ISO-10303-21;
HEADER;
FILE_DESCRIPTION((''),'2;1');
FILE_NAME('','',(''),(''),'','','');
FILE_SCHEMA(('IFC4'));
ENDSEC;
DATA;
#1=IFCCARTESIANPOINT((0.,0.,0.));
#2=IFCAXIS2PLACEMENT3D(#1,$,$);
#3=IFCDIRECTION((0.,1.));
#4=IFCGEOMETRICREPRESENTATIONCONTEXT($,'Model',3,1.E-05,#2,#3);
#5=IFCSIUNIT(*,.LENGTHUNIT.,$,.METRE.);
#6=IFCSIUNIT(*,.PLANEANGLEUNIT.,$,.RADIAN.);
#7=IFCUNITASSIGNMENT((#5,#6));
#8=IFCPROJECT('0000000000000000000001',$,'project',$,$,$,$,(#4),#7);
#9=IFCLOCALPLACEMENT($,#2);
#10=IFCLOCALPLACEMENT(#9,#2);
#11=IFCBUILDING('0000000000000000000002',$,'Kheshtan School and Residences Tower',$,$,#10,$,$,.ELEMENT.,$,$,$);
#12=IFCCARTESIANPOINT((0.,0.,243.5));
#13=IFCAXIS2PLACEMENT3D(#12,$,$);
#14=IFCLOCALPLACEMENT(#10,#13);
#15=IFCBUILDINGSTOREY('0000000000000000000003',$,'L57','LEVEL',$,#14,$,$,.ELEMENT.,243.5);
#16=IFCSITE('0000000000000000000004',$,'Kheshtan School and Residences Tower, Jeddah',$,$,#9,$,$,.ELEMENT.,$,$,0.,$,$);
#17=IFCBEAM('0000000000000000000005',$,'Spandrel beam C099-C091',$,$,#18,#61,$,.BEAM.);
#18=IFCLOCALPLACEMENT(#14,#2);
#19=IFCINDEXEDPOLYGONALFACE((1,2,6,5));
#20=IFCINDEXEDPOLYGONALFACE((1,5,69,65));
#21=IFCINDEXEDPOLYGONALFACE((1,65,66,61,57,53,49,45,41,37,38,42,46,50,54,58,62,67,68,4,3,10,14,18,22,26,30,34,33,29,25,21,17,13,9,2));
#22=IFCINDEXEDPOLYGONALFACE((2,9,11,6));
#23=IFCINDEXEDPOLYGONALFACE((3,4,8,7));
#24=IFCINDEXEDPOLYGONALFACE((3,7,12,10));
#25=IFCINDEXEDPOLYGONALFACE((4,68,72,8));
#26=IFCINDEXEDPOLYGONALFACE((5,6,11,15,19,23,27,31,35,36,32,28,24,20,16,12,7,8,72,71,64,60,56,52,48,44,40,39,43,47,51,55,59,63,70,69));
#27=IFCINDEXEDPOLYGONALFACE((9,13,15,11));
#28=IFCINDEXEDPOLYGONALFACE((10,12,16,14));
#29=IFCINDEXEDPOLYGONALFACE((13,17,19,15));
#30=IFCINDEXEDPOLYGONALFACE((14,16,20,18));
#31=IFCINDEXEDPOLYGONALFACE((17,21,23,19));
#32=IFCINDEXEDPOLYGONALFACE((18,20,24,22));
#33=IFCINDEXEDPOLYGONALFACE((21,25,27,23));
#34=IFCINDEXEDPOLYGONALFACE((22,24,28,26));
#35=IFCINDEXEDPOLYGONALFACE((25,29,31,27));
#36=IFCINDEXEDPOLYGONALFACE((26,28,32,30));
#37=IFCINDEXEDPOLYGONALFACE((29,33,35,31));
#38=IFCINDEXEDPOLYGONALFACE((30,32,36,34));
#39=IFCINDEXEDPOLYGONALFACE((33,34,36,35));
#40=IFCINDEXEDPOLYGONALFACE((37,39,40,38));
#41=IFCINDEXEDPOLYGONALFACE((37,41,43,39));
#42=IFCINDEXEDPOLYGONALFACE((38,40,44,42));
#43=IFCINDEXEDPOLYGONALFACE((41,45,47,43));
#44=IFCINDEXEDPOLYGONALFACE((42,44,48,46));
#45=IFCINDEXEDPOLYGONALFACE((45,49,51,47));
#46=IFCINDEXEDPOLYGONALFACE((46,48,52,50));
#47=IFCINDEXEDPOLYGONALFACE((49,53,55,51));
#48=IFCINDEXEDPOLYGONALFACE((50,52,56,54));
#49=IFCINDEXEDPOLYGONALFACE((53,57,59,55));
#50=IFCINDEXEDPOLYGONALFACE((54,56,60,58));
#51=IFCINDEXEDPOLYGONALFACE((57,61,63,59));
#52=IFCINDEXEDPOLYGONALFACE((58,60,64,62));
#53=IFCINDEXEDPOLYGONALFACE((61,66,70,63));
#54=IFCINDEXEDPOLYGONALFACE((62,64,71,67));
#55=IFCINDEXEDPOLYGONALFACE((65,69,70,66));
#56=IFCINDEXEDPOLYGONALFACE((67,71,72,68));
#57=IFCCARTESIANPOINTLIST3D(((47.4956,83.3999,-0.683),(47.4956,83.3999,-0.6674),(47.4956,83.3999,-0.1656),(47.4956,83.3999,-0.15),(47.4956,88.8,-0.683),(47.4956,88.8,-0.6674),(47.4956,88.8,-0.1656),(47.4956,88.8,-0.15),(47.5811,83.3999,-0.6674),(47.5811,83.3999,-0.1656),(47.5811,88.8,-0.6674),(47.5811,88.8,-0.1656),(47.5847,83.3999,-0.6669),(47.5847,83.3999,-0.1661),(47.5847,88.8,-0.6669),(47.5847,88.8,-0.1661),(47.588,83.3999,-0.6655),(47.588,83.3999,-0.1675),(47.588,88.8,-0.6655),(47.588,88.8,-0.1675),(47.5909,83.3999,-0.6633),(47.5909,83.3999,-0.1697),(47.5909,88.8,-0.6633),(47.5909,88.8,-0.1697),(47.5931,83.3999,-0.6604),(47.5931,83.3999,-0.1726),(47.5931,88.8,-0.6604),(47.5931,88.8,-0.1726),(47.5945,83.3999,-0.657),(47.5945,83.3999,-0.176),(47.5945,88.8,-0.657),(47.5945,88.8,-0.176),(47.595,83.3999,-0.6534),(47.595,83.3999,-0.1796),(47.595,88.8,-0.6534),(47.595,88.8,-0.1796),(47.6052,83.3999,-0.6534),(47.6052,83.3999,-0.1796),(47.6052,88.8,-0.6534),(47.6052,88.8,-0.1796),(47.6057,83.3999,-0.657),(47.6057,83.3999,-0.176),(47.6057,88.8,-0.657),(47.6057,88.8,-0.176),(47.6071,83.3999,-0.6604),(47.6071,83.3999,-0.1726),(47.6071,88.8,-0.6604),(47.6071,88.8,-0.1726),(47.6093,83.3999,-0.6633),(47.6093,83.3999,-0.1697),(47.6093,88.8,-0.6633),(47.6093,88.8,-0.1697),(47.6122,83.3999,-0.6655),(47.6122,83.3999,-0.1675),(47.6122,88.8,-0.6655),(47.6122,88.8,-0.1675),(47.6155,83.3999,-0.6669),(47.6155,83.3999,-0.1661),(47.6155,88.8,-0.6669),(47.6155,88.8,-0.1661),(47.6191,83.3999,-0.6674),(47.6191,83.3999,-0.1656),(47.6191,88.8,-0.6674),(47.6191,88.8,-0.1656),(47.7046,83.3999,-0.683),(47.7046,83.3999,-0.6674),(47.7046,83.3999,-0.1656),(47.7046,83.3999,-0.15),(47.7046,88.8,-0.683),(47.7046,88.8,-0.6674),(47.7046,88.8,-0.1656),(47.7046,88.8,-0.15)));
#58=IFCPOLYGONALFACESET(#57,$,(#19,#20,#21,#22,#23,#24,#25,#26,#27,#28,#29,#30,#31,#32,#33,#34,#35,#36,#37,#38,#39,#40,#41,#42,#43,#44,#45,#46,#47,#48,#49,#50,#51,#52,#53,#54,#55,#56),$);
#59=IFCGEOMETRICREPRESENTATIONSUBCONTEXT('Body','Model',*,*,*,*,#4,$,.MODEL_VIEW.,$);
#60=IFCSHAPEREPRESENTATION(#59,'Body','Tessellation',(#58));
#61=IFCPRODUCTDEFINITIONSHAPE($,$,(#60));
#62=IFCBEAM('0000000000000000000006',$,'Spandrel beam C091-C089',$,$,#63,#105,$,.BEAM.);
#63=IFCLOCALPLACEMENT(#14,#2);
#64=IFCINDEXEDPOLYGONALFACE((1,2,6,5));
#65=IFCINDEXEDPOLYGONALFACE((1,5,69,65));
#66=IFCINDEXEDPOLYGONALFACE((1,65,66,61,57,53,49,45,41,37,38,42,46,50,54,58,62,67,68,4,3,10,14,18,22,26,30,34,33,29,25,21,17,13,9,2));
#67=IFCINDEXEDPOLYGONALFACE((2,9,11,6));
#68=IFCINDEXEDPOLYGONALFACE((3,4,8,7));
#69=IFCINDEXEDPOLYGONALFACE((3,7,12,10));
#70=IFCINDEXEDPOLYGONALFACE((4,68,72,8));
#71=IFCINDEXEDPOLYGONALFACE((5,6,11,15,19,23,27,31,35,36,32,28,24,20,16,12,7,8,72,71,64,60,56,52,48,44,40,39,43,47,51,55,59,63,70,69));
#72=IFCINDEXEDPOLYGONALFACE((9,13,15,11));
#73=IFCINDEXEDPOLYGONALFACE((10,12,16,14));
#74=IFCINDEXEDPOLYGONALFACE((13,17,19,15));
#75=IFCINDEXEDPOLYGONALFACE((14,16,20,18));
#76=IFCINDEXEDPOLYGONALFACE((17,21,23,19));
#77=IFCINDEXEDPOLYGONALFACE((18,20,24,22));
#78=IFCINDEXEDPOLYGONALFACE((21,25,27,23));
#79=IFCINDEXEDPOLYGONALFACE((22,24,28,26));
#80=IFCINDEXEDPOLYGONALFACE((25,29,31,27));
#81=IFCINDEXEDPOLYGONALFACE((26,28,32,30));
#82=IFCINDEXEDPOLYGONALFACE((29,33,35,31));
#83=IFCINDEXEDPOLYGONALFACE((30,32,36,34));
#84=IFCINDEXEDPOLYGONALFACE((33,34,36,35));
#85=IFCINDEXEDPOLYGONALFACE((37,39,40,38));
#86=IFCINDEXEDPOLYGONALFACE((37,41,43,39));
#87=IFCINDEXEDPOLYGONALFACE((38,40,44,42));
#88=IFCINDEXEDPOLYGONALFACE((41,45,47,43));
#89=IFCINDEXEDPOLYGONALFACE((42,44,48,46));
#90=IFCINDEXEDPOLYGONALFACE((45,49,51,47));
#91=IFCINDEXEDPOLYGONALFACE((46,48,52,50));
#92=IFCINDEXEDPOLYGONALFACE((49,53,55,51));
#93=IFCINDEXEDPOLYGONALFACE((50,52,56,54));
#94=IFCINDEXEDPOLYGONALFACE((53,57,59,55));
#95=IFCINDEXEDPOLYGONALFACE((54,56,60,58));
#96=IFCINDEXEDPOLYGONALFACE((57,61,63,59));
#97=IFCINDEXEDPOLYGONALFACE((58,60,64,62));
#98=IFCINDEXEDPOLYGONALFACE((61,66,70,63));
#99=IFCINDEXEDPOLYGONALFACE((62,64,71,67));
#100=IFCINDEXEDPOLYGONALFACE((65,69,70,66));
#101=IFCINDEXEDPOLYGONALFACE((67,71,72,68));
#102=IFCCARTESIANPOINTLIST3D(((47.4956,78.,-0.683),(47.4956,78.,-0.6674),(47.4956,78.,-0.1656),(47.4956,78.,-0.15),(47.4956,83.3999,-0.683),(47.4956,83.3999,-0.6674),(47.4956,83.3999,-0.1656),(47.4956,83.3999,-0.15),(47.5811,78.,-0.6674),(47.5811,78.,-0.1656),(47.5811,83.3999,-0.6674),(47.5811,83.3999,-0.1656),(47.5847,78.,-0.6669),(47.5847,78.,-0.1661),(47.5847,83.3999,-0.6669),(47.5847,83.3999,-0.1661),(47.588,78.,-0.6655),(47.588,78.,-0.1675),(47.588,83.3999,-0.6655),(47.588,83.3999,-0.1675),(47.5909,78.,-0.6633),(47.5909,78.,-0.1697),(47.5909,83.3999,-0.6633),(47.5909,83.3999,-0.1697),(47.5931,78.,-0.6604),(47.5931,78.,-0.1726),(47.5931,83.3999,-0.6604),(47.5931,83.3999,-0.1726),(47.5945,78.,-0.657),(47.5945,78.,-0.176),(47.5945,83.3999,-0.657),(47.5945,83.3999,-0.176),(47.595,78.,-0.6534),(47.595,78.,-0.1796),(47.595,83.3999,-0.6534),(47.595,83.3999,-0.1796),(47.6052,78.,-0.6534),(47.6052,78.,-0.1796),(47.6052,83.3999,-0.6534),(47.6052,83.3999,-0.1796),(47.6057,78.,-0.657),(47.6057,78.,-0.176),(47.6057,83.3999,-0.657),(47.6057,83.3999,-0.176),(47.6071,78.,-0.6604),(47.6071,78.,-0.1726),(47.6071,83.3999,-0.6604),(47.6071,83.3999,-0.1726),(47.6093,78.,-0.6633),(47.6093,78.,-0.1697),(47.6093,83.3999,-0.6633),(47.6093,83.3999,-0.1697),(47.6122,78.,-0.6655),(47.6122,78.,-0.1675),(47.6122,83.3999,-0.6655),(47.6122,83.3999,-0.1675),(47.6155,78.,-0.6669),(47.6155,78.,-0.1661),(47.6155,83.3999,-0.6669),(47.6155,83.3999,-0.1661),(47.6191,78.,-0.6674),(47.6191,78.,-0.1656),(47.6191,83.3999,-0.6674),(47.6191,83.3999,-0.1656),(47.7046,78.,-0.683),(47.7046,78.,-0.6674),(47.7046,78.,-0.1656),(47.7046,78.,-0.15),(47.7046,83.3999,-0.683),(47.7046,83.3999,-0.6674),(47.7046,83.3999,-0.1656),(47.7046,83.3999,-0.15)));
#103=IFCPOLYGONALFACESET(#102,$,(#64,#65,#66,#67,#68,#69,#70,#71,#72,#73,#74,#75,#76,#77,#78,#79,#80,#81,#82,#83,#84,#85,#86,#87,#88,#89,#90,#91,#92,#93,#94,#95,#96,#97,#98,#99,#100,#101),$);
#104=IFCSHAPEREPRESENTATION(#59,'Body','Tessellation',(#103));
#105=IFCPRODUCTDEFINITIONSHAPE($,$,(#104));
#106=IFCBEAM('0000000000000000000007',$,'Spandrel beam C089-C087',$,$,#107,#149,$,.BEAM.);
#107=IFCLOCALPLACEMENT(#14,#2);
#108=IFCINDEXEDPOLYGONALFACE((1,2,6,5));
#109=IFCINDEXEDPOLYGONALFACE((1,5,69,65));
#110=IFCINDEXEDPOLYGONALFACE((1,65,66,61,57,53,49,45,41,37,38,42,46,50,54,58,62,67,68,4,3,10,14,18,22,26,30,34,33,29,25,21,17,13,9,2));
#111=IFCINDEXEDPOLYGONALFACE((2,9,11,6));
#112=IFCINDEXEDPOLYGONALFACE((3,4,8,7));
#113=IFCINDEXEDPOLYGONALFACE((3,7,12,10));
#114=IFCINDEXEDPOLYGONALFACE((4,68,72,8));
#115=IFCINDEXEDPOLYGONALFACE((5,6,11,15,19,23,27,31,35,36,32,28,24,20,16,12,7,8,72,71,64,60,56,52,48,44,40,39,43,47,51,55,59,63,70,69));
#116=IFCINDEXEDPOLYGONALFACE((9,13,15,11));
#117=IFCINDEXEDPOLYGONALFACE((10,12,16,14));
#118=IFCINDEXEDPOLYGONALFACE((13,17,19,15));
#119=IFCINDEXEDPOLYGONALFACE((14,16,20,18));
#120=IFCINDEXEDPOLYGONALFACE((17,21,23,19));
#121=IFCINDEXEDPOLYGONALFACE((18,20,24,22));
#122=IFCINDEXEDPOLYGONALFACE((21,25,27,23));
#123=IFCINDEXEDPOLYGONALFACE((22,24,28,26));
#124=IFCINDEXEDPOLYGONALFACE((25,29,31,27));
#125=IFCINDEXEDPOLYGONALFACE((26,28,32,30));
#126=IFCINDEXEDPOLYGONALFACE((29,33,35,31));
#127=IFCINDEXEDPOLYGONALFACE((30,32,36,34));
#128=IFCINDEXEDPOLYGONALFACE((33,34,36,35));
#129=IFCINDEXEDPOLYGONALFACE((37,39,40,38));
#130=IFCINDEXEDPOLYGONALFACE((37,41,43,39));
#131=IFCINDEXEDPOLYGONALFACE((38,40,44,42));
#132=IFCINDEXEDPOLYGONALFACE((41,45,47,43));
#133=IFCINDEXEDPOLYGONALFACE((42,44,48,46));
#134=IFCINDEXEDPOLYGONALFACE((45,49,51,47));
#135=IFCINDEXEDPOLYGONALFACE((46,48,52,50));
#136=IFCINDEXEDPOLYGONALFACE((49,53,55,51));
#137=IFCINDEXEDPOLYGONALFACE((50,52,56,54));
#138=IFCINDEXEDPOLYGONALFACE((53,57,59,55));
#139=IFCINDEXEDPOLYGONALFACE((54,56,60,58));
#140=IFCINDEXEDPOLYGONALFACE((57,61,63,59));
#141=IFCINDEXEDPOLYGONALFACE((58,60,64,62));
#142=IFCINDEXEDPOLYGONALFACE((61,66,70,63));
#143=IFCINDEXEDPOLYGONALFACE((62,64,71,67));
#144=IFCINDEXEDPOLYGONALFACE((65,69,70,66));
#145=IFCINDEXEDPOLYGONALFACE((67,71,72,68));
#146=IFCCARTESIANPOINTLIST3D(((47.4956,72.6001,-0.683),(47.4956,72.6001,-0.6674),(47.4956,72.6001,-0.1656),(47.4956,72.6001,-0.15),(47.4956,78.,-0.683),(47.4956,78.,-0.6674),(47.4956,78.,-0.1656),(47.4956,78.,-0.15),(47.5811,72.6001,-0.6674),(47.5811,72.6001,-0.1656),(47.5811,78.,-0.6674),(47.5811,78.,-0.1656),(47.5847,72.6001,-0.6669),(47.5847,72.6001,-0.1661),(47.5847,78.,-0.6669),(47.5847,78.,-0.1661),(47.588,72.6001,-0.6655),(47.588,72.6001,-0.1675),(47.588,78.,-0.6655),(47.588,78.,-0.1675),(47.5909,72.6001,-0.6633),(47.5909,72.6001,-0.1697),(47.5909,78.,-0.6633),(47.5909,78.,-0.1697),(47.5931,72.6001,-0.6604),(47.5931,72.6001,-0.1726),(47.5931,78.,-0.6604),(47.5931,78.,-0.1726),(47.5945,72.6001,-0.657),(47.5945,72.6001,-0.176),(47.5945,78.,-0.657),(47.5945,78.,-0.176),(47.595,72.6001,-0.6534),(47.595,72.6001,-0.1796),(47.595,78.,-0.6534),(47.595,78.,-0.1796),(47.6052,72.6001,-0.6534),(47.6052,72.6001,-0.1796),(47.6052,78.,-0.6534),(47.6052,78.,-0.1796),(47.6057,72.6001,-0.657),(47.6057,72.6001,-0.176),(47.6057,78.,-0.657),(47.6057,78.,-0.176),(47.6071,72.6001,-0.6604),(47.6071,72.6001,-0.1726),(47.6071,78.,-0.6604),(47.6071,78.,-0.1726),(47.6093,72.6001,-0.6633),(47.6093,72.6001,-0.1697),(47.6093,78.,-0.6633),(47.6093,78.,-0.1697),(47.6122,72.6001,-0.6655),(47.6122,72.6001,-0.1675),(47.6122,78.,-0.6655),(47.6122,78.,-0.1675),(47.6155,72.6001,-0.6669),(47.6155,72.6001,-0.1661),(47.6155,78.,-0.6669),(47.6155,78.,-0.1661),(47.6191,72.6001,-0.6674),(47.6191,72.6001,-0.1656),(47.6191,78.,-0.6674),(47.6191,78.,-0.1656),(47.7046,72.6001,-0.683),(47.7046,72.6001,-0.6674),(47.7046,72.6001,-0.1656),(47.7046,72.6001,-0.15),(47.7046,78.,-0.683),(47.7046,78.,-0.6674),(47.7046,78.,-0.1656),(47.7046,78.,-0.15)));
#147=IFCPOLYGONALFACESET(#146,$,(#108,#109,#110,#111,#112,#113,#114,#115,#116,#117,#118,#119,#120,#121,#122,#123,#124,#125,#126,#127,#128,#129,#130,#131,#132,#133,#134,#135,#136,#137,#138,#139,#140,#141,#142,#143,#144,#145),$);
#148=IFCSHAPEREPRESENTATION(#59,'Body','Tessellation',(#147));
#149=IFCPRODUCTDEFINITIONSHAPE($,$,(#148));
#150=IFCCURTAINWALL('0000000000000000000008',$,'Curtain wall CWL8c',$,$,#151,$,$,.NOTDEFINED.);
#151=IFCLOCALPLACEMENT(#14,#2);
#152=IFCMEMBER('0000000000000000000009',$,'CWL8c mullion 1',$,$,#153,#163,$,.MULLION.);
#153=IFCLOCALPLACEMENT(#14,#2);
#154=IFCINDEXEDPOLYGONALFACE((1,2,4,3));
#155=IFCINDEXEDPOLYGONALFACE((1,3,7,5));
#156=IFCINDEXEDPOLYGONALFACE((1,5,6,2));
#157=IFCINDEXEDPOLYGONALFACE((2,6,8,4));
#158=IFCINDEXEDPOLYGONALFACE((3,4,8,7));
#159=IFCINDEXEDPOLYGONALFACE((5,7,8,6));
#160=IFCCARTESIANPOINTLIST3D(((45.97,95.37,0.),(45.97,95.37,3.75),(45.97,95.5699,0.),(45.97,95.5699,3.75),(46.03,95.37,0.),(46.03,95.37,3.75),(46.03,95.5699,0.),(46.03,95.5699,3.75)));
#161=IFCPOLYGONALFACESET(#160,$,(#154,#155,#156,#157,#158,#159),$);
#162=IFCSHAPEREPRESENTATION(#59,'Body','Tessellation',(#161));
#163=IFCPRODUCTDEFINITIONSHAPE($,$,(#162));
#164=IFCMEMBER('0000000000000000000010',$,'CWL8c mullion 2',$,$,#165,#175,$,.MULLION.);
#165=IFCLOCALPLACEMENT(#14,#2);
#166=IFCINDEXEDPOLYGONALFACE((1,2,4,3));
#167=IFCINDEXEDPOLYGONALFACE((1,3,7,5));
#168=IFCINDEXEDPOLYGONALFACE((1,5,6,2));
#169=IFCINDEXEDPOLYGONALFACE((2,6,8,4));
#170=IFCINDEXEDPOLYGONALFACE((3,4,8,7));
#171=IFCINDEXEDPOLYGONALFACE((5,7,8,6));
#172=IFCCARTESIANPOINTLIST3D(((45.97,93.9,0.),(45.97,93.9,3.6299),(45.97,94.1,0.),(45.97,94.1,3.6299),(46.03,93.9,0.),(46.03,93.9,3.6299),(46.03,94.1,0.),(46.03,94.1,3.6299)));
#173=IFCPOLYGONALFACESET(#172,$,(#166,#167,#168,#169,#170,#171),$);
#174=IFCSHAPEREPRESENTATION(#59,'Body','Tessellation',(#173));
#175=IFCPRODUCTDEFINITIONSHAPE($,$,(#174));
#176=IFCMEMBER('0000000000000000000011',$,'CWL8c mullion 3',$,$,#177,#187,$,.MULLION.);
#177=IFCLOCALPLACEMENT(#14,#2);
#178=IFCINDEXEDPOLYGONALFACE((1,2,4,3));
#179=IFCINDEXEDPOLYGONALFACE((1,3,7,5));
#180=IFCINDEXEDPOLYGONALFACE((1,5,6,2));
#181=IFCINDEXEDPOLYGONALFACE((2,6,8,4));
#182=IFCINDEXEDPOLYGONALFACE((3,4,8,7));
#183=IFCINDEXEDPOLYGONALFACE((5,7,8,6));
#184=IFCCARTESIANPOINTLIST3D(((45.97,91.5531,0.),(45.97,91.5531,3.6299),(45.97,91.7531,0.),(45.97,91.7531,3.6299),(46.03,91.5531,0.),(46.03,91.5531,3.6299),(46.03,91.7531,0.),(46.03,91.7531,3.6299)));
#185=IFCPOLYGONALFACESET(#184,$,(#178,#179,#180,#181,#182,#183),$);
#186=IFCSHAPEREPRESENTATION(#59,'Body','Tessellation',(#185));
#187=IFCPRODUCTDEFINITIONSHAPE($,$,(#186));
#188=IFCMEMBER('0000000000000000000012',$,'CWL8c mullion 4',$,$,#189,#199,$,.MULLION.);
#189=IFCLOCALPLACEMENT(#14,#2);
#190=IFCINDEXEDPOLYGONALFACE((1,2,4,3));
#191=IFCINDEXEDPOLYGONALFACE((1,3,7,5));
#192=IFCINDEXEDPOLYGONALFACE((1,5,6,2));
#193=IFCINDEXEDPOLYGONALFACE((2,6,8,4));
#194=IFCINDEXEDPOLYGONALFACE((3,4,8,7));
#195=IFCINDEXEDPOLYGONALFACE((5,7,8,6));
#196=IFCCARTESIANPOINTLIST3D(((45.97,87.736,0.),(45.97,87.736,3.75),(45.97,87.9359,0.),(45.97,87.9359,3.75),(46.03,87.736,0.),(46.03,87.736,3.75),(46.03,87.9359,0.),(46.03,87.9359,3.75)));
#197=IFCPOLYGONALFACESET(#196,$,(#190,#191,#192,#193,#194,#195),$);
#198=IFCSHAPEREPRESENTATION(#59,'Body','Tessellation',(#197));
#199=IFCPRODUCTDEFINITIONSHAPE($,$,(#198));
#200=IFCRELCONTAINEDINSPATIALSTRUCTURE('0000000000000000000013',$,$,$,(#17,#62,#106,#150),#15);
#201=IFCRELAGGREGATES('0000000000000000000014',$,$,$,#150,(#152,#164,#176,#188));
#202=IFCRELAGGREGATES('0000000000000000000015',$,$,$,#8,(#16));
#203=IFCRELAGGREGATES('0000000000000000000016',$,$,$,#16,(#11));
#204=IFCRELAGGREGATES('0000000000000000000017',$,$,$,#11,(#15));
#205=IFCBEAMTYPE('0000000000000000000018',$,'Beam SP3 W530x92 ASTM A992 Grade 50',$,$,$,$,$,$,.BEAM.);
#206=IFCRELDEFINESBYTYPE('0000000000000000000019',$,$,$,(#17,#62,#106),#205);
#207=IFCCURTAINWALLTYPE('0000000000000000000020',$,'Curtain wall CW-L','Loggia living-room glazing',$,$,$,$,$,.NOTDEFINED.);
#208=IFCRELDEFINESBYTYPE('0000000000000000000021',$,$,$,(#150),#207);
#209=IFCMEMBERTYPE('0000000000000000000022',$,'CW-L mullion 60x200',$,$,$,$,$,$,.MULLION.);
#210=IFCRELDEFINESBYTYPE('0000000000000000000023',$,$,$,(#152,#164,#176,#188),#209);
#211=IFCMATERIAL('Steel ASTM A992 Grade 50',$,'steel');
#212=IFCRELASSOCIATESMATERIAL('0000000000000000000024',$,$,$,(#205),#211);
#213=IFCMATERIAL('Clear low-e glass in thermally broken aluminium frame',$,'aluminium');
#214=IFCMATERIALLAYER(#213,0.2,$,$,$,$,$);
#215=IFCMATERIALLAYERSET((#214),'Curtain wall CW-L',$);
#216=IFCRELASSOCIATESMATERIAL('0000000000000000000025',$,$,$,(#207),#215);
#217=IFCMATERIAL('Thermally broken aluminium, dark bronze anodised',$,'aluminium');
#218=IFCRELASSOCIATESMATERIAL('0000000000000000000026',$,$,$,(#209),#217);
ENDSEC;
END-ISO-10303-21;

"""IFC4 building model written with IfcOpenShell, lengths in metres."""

from ifc_helpers import new_model, si_unit, direction, frame, origin, origin_2d, place, context, subcontext, project, spatial, rectangle, i_section, extrude, material, layer, layer_set, material_profile, profile_set, type_object, element, aggregate, save


model = new_model("IFC4")

# Units and contexts
model_context = context("Model", 3, precision=1e-05, world=origin(), true_north=direction((0.0, 1.0)))
body_context = subcontext(model_context, "Body", "Model", "MODEL_VIEW")
ifc_project = project(units=[si_unit("LENGTHUNIT", "METRE"), si_unit("PLANEANGLEUNIT", "RADIAN")], contexts=[model_context])

# Site, building, storey
site_placement = place(None, origin())
site = spatial("IfcSite", under=ifc_project, at=site_placement, Name="Kheshtan School and Residences Tower, Jeddah", CompositionType="ELEMENT", RefElevation=0.0)
building_placement = place(site_placement, origin())
building = spatial("IfcBuilding", under=site, at=building_placement, Name="Kheshtan School and Residences Tower", CompositionType="ELEMENT")
storey_placement = place(building_placement, frame((0.0, 0.0, 243.5)))
storey = spatial("IfcBuildingStorey", under=building, at=storey_placement, Name="L57", Description="LEVEL", CompositionType="ELEMENT", Elevation=243.5)

# Shared definitions
ifc_material_1 = material(Name="Steel ASTM A992 Grade 50", Category="steel")

# Beams
ifc_material_profile_1 = material_profile(ifc_material_1, i_section(OverallWidth=0.209, OverallDepth=0.533, WebThickness=0.0103, FlangeThickness=0.0156, FilletRadius=0.0139, at=origin_2d()), Name="W530x92")
ifc_profile_set_1 = profile_set([ifc_material_profile_1], Name="Steel ASTM A992 Grade 50")
beam_type_1 = type_object("IfcBeamType", Name="Beam SP3 W530x92 ASTM A992 Grade 50", PredefinedType="BEAM", material=ifc_profile_set_1)
beam_1_placement = place(storey_placement, frame((47.6001, 88.8, -0.4165), z_axis=(0.0, -1.0, 0.0), x_axis=(1.0, 0.0, 0.0)))
element("IfcBeam", 1, at=beam_1_placement, inside=storey, type_object=beam_type_1, Name="Spandrel beam C099-C091", PredefinedType="BEAM", context=body_context, shape_type="SweptSolid", body=[
    extrude(i_section(OverallWidth=0.209, OverallDepth=0.533, WebThickness=0.0103, FlangeThickness=0.0156, FilletRadius=0.0139, at=origin_2d()), origin(), (0.0, 0.0, 1.0), 5.4001),
])
for number, where, z_axis, x_axis, name in (
    (2, (47.6001, 83.3999, -0.4165), (0.0, -1.0, 0.0), (1.0, 0.0, 0.0), "Spandrel beam C091-C089"),
    (3, (47.6001, 78.0, -0.4165), (0.0, -1.0, 0.0), (1.0, 0.0, 0.0), "Spandrel beam C089-C087"),
):
    element("IfcBeam", number, at=place(storey_placement, frame(where, z_axis=z_axis, x_axis=x_axis)), inside=storey, type_object=beam_type_1, Name=name, PredefinedType="BEAM", context=body_context, shape_type="SweptSolid", body=[
        extrude(i_section(OverallWidth=0.209, OverallDepth=0.533, WebThickness=0.0103, FlangeThickness=0.0156, FilletRadius=0.0139, at=origin_2d()), origin(), (0.0, 0.0, 1.0), 5.3999),
    ])

# Curtain wall, members
ifc_material_2 = material(Name="Clear low-e glass in thermally broken aluminium frame", Category="aluminium")
ifc_layer_1 = layer(ifc_material_2, 0.2)
ifc_layer_set_1 = layer_set([ifc_layer_1], Name="Curtain wall CW-L")
curtain_wall_type = type_object("IfcCurtainWallType", Name="Curtain wall CW-L", Description="Loggia living-room glazing", PredefinedType="NOTDEFINED", material=ifc_layer_set_1)
curtain_wall_1_placement = place(storey_placement, origin())
curtain_wall_1 = element("IfcCurtainWall", 4, at=curtain_wall_1_placement, inside=storey, type_object=curtain_wall_type, Name="Curtain wall CWL8c", PredefinedType="NOTDEFINED")
ifc_material_3 = material(Name="Thermally broken aluminium, dark bronze anodised", Category="aluminium")
ifc_material_profile_2 = material_profile(ifc_material_3, rectangle(XDim=0.0601, YDim=0.2, at=origin_2d()), Name="CW-L mullion 60x200")
ifc_profile_set_2 = profile_set([ifc_material_profile_2], Name="Thermally broken aluminium, dark bronze anodised")
member_type_1 = type_object("IfcMemberType", Name="CW-L mullion 60x200", PredefinedType="MULLION", material=ifc_profile_set_2)
member_1_placement = place(storey_placement, frame((46.0, 95.47, 0.0), z_axis=(0.0, 0.0, 1.0), x_axis=(1.0, 0.0, 0.0)))
member_1 = element("IfcMember", 5, at=member_1_placement, type_object=member_type_1, Name="CWL8c mullion 1", PredefinedType="MULLION", context=body_context, shape_type="SweptSolid", body=[
    extrude(rectangle(XDim=0.0601, YDim=0.2, at=origin_2d()), origin(), (0.0, 0.0, 1.0), 3.75),
])
member_2_placement = place(storey_placement, frame((46.0, 94.0, 0.0), z_axis=(0.0, 0.0, 1.0), x_axis=(1.0, 0.0, 0.0)))
member_2 = element("IfcMember", 6, at=member_2_placement, type_object=member_type_1, Name="CWL8c mullion 2", PredefinedType="MULLION", context=body_context, shape_type="SweptSolid", body=[
    extrude(rectangle(XDim=0.0601, YDim=0.2, at=origin_2d()), origin(), (0.0, 0.0, 1.0), 3.6299),
])
member_3_placement = place(storey_placement, frame((46.0, 91.6531, 0.0), z_axis=(0.0, 0.0, 1.0), x_axis=(1.0, 0.0, 0.0)))
member_3 = element("IfcMember", 7, at=member_3_placement, type_object=member_type_1, Name="CWL8c mullion 3", PredefinedType="MULLION", context=body_context, shape_type="SweptSolid", body=[
    extrude(rectangle(XDim=0.0601, YDim=0.2, at=origin_2d()), origin(), (0.0, 0.0, 1.0), 3.6299),
])
member_4_placement = place(storey_placement, frame((46.0, 87.8359, 0.0), z_axis=(0.0, 0.0, 1.0), x_axis=(1.0, 0.0, 0.0)))
member_4 = element("IfcMember", 8, at=member_4_placement, type_object=member_type_1, Name="CWL8c mullion 4", PredefinedType="MULLION", context=body_context, shape_type="SweptSolid", body=[
    extrude(rectangle(XDim=0.0601, YDim=0.2, at=origin_2d()), origin(), (0.0, 0.0, 1.0), 3.75),
])

aggregate(curtain_wall_1, [member_1, member_2, member_3, member_4])

save(model, "model.ifc")
